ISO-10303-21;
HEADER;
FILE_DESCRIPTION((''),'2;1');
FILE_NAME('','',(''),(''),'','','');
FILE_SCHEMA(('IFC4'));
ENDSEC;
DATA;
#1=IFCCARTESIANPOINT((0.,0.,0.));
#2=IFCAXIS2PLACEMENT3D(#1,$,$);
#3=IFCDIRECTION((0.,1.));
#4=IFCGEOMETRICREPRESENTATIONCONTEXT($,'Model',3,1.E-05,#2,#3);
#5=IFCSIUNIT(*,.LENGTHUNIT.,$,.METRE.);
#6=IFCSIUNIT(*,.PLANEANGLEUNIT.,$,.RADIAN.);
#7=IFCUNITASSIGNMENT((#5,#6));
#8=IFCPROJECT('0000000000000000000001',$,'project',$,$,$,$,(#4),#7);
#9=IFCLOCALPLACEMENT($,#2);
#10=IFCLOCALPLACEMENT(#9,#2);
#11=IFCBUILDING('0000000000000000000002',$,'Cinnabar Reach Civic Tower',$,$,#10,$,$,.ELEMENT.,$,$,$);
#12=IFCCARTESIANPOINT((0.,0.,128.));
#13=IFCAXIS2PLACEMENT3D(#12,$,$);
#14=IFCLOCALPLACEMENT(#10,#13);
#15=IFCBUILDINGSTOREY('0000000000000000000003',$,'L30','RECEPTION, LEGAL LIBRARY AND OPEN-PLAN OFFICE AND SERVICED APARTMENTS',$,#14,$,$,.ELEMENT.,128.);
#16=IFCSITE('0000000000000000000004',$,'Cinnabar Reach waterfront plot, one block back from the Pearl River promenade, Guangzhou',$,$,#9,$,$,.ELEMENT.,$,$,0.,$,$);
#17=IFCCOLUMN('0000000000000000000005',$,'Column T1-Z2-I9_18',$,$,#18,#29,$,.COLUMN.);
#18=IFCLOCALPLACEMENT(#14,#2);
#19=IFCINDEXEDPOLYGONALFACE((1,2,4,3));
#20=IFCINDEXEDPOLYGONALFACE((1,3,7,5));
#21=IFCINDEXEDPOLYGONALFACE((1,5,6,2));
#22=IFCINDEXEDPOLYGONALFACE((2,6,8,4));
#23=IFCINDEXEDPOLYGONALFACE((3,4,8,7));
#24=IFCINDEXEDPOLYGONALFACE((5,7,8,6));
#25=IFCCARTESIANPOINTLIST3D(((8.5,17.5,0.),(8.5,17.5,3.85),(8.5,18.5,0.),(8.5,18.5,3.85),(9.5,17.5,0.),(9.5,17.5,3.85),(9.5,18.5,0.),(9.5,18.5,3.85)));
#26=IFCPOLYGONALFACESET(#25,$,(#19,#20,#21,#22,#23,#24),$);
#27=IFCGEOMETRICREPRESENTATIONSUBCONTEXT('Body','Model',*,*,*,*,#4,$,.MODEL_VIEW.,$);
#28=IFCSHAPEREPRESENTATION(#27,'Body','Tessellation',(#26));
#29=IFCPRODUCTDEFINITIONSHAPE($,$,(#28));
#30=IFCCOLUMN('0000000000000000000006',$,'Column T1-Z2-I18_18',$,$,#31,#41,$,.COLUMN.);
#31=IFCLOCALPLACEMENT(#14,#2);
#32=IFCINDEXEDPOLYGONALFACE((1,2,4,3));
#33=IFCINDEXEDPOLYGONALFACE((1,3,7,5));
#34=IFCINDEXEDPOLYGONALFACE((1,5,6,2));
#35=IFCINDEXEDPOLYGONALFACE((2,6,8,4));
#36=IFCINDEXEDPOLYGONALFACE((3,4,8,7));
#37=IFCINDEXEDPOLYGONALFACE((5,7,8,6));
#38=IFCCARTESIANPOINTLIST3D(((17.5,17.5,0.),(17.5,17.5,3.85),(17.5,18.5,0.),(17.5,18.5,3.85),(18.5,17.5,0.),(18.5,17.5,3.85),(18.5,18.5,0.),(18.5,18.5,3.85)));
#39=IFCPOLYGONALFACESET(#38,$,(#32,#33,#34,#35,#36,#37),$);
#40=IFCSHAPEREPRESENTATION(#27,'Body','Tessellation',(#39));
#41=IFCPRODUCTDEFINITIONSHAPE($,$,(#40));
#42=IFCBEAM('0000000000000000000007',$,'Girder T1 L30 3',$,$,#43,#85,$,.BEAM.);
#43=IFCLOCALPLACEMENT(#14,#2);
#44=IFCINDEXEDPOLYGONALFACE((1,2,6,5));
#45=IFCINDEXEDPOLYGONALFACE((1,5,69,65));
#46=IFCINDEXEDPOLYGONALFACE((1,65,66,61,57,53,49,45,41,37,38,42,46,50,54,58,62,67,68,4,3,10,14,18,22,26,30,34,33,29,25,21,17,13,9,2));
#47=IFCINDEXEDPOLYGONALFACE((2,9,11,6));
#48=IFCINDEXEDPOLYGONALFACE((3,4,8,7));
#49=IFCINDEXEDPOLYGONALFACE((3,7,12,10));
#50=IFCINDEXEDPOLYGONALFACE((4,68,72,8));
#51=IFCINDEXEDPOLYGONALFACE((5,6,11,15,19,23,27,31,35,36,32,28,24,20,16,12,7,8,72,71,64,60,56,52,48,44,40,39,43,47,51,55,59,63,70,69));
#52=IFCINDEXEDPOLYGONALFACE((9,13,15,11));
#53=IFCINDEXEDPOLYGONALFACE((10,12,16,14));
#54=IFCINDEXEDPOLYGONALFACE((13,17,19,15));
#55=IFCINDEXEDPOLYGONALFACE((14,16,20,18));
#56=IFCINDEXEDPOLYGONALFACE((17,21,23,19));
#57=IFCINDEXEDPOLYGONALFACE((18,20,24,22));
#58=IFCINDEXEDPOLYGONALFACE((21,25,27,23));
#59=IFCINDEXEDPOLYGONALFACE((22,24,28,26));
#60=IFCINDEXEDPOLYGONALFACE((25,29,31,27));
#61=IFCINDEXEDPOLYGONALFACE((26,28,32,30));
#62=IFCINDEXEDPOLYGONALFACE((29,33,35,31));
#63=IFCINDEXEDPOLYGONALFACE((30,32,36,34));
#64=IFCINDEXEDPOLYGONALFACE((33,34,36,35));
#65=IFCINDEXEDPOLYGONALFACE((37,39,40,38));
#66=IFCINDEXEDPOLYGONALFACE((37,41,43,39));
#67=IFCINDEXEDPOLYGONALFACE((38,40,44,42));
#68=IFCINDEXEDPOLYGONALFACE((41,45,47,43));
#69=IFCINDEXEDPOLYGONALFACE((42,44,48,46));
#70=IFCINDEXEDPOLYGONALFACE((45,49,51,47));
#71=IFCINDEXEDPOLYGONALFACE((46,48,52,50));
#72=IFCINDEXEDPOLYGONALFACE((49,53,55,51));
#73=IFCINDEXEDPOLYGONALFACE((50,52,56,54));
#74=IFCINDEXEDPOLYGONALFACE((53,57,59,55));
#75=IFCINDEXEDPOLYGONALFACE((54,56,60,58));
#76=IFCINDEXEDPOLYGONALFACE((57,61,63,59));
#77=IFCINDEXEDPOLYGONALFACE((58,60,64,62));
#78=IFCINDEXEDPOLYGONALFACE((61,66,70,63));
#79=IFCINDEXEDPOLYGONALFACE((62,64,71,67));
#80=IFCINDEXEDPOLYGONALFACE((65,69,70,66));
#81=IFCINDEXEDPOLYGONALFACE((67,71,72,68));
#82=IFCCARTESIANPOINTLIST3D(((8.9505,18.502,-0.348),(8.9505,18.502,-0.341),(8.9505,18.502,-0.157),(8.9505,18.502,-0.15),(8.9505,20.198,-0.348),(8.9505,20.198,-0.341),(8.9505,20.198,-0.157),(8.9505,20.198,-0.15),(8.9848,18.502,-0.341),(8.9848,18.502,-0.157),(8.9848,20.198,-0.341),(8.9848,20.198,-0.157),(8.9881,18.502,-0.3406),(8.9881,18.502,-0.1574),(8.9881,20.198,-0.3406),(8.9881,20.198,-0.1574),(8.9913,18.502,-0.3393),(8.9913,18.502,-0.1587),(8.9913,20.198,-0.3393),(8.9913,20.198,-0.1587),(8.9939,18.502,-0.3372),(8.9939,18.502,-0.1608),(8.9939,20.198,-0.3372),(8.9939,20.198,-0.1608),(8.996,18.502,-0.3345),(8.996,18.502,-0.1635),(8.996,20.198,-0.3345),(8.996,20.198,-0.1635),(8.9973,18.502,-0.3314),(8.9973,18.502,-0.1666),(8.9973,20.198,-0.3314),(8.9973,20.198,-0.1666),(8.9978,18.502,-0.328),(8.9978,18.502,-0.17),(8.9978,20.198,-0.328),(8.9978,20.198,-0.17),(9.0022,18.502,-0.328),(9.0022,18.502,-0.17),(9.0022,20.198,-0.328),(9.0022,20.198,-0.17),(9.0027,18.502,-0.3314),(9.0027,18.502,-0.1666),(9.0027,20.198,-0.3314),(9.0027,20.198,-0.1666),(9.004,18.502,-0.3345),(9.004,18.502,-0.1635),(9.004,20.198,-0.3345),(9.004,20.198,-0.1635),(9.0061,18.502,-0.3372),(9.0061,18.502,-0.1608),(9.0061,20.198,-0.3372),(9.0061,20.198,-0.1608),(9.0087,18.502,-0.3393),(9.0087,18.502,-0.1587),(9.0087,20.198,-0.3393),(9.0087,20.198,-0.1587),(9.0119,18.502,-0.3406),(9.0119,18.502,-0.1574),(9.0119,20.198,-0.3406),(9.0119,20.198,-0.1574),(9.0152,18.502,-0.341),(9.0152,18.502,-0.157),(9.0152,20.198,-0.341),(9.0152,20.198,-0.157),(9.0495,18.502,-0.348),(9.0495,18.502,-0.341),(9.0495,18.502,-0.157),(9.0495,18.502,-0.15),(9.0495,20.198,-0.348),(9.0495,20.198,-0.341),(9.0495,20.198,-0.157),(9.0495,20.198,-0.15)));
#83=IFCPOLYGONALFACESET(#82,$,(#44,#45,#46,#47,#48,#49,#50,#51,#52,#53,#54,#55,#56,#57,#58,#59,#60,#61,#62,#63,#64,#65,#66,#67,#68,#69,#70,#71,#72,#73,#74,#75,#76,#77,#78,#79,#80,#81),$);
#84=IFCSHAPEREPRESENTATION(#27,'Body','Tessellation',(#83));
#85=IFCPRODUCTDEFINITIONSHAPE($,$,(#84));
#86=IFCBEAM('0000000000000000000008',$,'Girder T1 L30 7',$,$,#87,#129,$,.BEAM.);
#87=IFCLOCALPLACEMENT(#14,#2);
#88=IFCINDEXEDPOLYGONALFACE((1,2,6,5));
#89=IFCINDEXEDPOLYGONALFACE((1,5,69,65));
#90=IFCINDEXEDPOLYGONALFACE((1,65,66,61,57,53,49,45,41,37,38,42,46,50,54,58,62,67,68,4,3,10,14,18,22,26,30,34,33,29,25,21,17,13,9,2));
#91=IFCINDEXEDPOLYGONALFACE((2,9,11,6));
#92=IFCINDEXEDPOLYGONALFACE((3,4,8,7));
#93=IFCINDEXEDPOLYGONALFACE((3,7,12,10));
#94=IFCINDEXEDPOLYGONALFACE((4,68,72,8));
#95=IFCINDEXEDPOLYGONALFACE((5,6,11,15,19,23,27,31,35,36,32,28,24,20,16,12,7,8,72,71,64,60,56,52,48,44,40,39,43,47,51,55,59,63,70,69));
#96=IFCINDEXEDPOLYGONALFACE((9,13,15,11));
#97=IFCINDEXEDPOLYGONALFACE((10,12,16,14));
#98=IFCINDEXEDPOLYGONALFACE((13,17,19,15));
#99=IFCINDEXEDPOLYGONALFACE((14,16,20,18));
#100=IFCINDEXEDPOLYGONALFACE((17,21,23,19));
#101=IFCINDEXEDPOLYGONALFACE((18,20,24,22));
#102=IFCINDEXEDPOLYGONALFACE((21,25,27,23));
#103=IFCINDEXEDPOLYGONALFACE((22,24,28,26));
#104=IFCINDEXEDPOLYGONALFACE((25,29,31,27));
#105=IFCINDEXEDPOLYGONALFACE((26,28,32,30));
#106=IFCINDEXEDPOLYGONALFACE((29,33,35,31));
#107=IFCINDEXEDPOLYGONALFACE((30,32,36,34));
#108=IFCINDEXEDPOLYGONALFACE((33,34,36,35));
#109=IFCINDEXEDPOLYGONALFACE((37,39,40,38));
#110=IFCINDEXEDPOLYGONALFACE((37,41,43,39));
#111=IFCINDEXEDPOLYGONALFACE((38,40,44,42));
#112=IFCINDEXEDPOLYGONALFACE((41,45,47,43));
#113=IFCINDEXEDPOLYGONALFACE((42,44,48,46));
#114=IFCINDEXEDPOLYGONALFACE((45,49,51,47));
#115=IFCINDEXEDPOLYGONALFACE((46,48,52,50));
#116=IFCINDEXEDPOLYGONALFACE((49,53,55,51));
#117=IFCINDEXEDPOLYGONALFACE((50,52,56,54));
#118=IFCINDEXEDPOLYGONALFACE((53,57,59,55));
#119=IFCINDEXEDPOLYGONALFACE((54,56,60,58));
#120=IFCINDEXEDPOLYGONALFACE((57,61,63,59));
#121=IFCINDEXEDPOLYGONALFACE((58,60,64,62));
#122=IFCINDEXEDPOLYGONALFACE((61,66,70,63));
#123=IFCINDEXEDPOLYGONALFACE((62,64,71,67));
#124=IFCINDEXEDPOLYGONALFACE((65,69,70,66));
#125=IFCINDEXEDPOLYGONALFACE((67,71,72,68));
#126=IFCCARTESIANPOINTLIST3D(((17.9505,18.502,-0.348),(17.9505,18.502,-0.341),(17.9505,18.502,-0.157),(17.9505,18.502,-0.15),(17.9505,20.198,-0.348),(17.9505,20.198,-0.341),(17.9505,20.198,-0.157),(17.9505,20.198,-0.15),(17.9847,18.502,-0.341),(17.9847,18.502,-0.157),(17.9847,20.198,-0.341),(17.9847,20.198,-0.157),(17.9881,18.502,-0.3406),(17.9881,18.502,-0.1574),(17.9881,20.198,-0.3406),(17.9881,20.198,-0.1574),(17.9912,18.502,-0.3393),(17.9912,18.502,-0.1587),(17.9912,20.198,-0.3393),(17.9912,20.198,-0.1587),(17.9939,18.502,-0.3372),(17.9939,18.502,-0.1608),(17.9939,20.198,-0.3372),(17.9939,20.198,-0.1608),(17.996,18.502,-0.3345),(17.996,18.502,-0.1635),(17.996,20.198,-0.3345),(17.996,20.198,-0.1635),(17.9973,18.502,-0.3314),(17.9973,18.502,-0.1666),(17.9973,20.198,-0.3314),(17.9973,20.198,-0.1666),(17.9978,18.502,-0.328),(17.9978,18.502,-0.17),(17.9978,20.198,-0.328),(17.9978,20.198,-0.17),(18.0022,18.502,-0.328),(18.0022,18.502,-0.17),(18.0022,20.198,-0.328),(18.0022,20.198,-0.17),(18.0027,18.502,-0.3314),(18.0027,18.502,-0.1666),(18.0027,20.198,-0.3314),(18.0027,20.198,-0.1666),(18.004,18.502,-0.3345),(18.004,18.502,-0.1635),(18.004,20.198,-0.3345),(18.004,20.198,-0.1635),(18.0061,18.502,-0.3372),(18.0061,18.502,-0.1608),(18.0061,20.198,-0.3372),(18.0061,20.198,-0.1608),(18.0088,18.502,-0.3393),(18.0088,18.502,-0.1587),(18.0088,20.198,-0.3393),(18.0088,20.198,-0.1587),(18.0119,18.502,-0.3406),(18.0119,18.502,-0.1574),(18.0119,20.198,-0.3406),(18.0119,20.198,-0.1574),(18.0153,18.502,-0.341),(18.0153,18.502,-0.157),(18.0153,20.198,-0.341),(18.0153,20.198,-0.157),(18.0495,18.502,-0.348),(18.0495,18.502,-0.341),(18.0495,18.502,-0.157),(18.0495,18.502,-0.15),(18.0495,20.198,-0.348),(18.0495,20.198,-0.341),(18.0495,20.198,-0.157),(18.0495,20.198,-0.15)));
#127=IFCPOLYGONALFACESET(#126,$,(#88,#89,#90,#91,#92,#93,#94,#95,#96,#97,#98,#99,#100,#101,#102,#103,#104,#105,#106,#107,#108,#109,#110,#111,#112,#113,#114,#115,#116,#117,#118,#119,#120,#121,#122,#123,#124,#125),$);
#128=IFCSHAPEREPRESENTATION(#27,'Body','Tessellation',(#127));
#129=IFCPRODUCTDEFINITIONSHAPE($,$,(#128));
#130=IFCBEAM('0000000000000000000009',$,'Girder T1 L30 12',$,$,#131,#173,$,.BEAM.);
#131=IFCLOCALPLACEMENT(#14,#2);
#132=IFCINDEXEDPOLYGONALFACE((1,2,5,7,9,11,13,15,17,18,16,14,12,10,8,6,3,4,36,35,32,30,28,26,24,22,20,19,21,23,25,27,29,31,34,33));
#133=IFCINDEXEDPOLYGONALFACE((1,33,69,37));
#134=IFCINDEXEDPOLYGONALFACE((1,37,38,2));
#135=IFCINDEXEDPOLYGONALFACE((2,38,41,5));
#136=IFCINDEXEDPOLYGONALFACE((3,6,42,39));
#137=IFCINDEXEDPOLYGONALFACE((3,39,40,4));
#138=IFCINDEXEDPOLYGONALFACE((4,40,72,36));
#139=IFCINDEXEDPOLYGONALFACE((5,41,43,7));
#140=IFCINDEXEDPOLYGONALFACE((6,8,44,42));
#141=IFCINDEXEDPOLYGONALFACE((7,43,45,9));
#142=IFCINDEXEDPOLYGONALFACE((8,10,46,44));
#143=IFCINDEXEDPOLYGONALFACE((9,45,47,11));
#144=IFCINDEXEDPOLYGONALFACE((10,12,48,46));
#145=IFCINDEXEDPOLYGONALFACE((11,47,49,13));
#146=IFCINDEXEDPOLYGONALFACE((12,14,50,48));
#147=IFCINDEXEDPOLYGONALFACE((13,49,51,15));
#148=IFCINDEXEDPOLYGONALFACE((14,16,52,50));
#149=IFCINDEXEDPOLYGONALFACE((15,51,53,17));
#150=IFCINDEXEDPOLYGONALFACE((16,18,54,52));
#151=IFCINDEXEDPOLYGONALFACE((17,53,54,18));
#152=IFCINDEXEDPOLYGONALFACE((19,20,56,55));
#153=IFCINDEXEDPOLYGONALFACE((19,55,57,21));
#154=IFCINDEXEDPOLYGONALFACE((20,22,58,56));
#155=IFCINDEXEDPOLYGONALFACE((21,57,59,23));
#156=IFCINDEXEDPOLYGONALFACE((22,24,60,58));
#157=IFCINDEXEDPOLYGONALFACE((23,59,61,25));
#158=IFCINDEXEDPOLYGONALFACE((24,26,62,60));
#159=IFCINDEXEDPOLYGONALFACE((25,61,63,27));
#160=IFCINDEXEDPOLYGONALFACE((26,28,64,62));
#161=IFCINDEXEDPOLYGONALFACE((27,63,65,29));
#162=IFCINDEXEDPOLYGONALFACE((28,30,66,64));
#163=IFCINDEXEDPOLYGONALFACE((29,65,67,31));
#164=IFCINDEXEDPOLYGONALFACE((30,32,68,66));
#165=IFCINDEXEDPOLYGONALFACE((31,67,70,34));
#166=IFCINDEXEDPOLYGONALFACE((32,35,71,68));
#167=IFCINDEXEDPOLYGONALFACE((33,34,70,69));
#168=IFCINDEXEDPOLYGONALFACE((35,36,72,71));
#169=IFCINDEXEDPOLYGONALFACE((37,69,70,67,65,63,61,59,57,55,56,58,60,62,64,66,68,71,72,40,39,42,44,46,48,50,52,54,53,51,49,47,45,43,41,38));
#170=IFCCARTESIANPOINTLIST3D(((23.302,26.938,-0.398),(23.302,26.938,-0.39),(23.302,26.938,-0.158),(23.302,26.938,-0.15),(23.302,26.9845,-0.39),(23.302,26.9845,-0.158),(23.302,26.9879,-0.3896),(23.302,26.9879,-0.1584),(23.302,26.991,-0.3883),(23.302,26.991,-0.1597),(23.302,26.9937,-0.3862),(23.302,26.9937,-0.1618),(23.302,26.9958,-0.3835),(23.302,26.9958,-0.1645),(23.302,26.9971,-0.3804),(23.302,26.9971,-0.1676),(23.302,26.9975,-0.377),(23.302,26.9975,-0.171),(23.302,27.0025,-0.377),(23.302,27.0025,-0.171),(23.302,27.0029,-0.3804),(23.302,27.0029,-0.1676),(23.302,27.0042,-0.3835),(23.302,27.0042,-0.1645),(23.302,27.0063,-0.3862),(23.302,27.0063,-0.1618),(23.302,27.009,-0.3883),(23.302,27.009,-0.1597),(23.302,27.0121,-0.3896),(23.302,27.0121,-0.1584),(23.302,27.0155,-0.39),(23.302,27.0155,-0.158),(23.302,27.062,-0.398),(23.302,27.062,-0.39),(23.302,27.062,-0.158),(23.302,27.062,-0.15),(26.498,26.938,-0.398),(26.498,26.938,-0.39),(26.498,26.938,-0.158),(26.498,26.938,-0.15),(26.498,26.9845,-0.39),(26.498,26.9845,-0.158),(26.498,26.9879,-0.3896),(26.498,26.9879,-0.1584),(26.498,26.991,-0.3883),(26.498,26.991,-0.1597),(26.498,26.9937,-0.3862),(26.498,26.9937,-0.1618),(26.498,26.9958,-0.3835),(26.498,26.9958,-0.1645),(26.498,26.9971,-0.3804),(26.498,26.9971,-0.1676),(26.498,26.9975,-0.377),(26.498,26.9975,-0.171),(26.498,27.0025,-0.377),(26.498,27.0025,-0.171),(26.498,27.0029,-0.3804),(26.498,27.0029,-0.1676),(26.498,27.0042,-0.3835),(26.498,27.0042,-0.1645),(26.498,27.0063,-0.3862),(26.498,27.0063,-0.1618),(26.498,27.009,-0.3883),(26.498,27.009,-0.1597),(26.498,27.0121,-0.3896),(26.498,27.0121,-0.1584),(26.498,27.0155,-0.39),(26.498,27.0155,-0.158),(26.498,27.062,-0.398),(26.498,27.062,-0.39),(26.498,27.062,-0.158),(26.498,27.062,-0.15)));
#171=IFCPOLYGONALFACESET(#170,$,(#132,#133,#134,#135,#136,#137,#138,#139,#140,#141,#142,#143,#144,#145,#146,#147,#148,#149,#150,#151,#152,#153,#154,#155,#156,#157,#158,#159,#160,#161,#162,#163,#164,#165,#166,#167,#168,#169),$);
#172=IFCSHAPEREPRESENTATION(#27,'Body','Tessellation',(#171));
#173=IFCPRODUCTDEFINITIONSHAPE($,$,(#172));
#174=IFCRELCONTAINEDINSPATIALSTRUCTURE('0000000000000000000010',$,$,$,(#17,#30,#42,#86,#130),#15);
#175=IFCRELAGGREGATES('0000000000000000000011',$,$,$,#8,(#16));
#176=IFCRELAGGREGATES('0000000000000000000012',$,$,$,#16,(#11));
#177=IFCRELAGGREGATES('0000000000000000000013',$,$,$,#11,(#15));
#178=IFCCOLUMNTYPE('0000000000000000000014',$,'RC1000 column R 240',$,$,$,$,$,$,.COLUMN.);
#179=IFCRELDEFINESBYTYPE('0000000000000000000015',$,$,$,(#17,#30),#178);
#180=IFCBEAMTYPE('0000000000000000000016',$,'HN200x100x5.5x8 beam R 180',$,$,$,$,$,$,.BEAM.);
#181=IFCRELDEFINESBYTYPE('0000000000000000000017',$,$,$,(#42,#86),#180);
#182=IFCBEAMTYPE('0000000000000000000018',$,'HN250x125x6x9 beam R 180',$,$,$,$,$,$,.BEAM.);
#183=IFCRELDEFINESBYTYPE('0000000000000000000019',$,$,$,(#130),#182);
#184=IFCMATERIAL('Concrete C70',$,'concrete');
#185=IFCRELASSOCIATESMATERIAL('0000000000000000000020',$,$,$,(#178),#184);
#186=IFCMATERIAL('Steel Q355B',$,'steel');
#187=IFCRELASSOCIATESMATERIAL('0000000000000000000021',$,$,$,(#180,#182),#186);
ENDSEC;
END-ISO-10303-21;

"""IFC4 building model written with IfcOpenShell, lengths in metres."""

from ifc_helpers import new_model, si_unit, direction, frame, origin, origin_2d, place, context, subcontext, project, spatial, rectangle, i_section, extrude, material, material_profile, profile_set, type_object, element, save


model = new_model("IFC4")

# Units and contexts
model_context = context("Model", 3, precision=1e-05, world=origin(), true_north=direction((0.0, 1.0)))
body_context = subcontext(model_context, "Body", "Model", "MODEL_VIEW")
ifc_project = project(units=[si_unit("LENGTHUNIT", "METRE"), si_unit("PLANEANGLEUNIT", "RADIAN")], contexts=[model_context])

# Site, building, storey
site_placement = place(None, origin())
site = spatial("IfcSite", under=ifc_project, at=site_placement, Name="Cinnabar Reach waterfront plot, one block back from the Pearl River promenade, Guangzhou", CompositionType="ELEMENT", RefElevation=0.0)
building_placement = place(site_placement, origin())
building = spatial("IfcBuilding", under=site, at=building_placement, Name="Cinnabar Reach Civic Tower", CompositionType="ELEMENT")
storey_placement = place(building_placement, frame((0.0, 0.0, 128.0)))
storey = spatial("IfcBuildingStorey", under=building, at=storey_placement, Name="L30", Description="RECEPTION, LEGAL LIBRARY AND OPEN-PLAN OFFICE AND SERVICED APARTMENTS", CompositionType="ELEMENT", Elevation=128.0)

# Columns
ifc_material_1 = material(Name="Concrete C70", Category="concrete")
ifc_material_profile_1 = material_profile(ifc_material_1, rectangle(XDim=1.0, YDim=1.0, at=origin_2d()), Name="RC1000")
ifc_profile_set_1 = profile_set([ifc_material_profile_1], Name="Concrete C70")
column_type = type_object("IfcColumnType", Name="RC1000 column R 240", PredefinedType="COLUMN", material=ifc_profile_set_1)
for number, where, z_axis, x_axis, name in (
    (1, (9.0, 18.0, 0.0), (0.0, 0.0, 1.0), (1.0, 0.0, 0.0), "Column T1-Z2-I9_18"),
    (2, (18.0, 18.0, 0.0), (0.0, 0.0, 1.0), (1.0, 0.0, 0.0), "Column T1-Z2-I18_18"),
):
    element("IfcColumn", number, at=place(storey_placement, frame(where, z_axis=z_axis, x_axis=x_axis)), inside=storey, type_object=column_type, Name=name, PredefinedType="COLUMN", context=body_context, shape_type="SweptSolid", body=[
        extrude(rectangle(XDim=1.0, YDim=1.0, at=origin_2d()), origin(), (0.0, 0.0, 1.0), 3.85),
    ])

# Beams
ifc_material_2 = material(Name="Steel Q355B", Category="steel")
ifc_material_profile_2 = material_profile(ifc_material_2, i_section(OverallWidth=0.099, OverallDepth=0.198, WebThickness=0.0045, FlangeThickness=0.007, FilletRadius=0.013, at=origin_2d()), Name="HN200x100x5.5x8")
ifc_profile_set_2 = profile_set([ifc_material_profile_2], Name="Steel Q355B")
beam_type_1 = type_object("IfcBeamType", Name="HN200x100x5.5x8 beam R 180", PredefinedType="BEAM", material=ifc_profile_set_2)
for number, where, z_axis, x_axis, name in (
    (3, (9.0, 18.502, -0.249), (0.0, 1.0, 0.0), (-1.0, 0.0, 0.0), "Girder T1 L30 3"),
    (4, (18.0, 18.502, -0.249), (0.0, 1.0, 0.0), (-1.0, 0.0, 0.0), "Girder T1 L30 7"),
):
    element("IfcBeam", number, at=place(storey_placement, frame(where, z_axis=z_axis, x_axis=x_axis)), inside=storey, type_object=beam_type_1, Name=name, PredefinedType="BEAM", context=body_context, shape_type="SweptSolid", body=[
        extrude(i_section(OverallWidth=0.099, OverallDepth=0.198, WebThickness=0.0045, FlangeThickness=0.007, FilletRadius=0.013, at=origin_2d()), origin(), (0.0, 0.0, 1.0), 1.696),
    ])
ifc_material_profile_3 = material_profile(ifc_material_2, i_section(OverallWidth=0.124, OverallDepth=0.248, WebThickness=0.005, FlangeThickness=0.008, FilletRadius=0.013, at=origin_2d()), Name="HN250x125x6x9")
ifc_profile_set_3 = profile_set([ifc_material_profile_3], Name="Steel Q355B")
beam_type_2 = type_object("IfcBeamType", Name="HN250x125x6x9 beam R 180", PredefinedType="BEAM", material=ifc_profile_set_3)
beam_1_placement = place(storey_placement, frame((23.302, 27.0, -0.274), z_axis=(1.0, 0.0, 0.0), x_axis=(0.0, 1.0, 0.0)))
element("IfcBeam", 5, at=beam_1_placement, inside=storey, type_object=beam_type_2, Name="Girder T1 L30 12", PredefinedType="BEAM", context=body_context, shape_type="SweptSolid", body=[
    extrude(i_section(OverallWidth=0.124, OverallDepth=0.248, WebThickness=0.005, FlangeThickness=0.008, FilletRadius=0.013, at=origin_2d()), origin(), (0.0, 0.0, 1.0), 3.196),
])

save(model, "model.ifc")
